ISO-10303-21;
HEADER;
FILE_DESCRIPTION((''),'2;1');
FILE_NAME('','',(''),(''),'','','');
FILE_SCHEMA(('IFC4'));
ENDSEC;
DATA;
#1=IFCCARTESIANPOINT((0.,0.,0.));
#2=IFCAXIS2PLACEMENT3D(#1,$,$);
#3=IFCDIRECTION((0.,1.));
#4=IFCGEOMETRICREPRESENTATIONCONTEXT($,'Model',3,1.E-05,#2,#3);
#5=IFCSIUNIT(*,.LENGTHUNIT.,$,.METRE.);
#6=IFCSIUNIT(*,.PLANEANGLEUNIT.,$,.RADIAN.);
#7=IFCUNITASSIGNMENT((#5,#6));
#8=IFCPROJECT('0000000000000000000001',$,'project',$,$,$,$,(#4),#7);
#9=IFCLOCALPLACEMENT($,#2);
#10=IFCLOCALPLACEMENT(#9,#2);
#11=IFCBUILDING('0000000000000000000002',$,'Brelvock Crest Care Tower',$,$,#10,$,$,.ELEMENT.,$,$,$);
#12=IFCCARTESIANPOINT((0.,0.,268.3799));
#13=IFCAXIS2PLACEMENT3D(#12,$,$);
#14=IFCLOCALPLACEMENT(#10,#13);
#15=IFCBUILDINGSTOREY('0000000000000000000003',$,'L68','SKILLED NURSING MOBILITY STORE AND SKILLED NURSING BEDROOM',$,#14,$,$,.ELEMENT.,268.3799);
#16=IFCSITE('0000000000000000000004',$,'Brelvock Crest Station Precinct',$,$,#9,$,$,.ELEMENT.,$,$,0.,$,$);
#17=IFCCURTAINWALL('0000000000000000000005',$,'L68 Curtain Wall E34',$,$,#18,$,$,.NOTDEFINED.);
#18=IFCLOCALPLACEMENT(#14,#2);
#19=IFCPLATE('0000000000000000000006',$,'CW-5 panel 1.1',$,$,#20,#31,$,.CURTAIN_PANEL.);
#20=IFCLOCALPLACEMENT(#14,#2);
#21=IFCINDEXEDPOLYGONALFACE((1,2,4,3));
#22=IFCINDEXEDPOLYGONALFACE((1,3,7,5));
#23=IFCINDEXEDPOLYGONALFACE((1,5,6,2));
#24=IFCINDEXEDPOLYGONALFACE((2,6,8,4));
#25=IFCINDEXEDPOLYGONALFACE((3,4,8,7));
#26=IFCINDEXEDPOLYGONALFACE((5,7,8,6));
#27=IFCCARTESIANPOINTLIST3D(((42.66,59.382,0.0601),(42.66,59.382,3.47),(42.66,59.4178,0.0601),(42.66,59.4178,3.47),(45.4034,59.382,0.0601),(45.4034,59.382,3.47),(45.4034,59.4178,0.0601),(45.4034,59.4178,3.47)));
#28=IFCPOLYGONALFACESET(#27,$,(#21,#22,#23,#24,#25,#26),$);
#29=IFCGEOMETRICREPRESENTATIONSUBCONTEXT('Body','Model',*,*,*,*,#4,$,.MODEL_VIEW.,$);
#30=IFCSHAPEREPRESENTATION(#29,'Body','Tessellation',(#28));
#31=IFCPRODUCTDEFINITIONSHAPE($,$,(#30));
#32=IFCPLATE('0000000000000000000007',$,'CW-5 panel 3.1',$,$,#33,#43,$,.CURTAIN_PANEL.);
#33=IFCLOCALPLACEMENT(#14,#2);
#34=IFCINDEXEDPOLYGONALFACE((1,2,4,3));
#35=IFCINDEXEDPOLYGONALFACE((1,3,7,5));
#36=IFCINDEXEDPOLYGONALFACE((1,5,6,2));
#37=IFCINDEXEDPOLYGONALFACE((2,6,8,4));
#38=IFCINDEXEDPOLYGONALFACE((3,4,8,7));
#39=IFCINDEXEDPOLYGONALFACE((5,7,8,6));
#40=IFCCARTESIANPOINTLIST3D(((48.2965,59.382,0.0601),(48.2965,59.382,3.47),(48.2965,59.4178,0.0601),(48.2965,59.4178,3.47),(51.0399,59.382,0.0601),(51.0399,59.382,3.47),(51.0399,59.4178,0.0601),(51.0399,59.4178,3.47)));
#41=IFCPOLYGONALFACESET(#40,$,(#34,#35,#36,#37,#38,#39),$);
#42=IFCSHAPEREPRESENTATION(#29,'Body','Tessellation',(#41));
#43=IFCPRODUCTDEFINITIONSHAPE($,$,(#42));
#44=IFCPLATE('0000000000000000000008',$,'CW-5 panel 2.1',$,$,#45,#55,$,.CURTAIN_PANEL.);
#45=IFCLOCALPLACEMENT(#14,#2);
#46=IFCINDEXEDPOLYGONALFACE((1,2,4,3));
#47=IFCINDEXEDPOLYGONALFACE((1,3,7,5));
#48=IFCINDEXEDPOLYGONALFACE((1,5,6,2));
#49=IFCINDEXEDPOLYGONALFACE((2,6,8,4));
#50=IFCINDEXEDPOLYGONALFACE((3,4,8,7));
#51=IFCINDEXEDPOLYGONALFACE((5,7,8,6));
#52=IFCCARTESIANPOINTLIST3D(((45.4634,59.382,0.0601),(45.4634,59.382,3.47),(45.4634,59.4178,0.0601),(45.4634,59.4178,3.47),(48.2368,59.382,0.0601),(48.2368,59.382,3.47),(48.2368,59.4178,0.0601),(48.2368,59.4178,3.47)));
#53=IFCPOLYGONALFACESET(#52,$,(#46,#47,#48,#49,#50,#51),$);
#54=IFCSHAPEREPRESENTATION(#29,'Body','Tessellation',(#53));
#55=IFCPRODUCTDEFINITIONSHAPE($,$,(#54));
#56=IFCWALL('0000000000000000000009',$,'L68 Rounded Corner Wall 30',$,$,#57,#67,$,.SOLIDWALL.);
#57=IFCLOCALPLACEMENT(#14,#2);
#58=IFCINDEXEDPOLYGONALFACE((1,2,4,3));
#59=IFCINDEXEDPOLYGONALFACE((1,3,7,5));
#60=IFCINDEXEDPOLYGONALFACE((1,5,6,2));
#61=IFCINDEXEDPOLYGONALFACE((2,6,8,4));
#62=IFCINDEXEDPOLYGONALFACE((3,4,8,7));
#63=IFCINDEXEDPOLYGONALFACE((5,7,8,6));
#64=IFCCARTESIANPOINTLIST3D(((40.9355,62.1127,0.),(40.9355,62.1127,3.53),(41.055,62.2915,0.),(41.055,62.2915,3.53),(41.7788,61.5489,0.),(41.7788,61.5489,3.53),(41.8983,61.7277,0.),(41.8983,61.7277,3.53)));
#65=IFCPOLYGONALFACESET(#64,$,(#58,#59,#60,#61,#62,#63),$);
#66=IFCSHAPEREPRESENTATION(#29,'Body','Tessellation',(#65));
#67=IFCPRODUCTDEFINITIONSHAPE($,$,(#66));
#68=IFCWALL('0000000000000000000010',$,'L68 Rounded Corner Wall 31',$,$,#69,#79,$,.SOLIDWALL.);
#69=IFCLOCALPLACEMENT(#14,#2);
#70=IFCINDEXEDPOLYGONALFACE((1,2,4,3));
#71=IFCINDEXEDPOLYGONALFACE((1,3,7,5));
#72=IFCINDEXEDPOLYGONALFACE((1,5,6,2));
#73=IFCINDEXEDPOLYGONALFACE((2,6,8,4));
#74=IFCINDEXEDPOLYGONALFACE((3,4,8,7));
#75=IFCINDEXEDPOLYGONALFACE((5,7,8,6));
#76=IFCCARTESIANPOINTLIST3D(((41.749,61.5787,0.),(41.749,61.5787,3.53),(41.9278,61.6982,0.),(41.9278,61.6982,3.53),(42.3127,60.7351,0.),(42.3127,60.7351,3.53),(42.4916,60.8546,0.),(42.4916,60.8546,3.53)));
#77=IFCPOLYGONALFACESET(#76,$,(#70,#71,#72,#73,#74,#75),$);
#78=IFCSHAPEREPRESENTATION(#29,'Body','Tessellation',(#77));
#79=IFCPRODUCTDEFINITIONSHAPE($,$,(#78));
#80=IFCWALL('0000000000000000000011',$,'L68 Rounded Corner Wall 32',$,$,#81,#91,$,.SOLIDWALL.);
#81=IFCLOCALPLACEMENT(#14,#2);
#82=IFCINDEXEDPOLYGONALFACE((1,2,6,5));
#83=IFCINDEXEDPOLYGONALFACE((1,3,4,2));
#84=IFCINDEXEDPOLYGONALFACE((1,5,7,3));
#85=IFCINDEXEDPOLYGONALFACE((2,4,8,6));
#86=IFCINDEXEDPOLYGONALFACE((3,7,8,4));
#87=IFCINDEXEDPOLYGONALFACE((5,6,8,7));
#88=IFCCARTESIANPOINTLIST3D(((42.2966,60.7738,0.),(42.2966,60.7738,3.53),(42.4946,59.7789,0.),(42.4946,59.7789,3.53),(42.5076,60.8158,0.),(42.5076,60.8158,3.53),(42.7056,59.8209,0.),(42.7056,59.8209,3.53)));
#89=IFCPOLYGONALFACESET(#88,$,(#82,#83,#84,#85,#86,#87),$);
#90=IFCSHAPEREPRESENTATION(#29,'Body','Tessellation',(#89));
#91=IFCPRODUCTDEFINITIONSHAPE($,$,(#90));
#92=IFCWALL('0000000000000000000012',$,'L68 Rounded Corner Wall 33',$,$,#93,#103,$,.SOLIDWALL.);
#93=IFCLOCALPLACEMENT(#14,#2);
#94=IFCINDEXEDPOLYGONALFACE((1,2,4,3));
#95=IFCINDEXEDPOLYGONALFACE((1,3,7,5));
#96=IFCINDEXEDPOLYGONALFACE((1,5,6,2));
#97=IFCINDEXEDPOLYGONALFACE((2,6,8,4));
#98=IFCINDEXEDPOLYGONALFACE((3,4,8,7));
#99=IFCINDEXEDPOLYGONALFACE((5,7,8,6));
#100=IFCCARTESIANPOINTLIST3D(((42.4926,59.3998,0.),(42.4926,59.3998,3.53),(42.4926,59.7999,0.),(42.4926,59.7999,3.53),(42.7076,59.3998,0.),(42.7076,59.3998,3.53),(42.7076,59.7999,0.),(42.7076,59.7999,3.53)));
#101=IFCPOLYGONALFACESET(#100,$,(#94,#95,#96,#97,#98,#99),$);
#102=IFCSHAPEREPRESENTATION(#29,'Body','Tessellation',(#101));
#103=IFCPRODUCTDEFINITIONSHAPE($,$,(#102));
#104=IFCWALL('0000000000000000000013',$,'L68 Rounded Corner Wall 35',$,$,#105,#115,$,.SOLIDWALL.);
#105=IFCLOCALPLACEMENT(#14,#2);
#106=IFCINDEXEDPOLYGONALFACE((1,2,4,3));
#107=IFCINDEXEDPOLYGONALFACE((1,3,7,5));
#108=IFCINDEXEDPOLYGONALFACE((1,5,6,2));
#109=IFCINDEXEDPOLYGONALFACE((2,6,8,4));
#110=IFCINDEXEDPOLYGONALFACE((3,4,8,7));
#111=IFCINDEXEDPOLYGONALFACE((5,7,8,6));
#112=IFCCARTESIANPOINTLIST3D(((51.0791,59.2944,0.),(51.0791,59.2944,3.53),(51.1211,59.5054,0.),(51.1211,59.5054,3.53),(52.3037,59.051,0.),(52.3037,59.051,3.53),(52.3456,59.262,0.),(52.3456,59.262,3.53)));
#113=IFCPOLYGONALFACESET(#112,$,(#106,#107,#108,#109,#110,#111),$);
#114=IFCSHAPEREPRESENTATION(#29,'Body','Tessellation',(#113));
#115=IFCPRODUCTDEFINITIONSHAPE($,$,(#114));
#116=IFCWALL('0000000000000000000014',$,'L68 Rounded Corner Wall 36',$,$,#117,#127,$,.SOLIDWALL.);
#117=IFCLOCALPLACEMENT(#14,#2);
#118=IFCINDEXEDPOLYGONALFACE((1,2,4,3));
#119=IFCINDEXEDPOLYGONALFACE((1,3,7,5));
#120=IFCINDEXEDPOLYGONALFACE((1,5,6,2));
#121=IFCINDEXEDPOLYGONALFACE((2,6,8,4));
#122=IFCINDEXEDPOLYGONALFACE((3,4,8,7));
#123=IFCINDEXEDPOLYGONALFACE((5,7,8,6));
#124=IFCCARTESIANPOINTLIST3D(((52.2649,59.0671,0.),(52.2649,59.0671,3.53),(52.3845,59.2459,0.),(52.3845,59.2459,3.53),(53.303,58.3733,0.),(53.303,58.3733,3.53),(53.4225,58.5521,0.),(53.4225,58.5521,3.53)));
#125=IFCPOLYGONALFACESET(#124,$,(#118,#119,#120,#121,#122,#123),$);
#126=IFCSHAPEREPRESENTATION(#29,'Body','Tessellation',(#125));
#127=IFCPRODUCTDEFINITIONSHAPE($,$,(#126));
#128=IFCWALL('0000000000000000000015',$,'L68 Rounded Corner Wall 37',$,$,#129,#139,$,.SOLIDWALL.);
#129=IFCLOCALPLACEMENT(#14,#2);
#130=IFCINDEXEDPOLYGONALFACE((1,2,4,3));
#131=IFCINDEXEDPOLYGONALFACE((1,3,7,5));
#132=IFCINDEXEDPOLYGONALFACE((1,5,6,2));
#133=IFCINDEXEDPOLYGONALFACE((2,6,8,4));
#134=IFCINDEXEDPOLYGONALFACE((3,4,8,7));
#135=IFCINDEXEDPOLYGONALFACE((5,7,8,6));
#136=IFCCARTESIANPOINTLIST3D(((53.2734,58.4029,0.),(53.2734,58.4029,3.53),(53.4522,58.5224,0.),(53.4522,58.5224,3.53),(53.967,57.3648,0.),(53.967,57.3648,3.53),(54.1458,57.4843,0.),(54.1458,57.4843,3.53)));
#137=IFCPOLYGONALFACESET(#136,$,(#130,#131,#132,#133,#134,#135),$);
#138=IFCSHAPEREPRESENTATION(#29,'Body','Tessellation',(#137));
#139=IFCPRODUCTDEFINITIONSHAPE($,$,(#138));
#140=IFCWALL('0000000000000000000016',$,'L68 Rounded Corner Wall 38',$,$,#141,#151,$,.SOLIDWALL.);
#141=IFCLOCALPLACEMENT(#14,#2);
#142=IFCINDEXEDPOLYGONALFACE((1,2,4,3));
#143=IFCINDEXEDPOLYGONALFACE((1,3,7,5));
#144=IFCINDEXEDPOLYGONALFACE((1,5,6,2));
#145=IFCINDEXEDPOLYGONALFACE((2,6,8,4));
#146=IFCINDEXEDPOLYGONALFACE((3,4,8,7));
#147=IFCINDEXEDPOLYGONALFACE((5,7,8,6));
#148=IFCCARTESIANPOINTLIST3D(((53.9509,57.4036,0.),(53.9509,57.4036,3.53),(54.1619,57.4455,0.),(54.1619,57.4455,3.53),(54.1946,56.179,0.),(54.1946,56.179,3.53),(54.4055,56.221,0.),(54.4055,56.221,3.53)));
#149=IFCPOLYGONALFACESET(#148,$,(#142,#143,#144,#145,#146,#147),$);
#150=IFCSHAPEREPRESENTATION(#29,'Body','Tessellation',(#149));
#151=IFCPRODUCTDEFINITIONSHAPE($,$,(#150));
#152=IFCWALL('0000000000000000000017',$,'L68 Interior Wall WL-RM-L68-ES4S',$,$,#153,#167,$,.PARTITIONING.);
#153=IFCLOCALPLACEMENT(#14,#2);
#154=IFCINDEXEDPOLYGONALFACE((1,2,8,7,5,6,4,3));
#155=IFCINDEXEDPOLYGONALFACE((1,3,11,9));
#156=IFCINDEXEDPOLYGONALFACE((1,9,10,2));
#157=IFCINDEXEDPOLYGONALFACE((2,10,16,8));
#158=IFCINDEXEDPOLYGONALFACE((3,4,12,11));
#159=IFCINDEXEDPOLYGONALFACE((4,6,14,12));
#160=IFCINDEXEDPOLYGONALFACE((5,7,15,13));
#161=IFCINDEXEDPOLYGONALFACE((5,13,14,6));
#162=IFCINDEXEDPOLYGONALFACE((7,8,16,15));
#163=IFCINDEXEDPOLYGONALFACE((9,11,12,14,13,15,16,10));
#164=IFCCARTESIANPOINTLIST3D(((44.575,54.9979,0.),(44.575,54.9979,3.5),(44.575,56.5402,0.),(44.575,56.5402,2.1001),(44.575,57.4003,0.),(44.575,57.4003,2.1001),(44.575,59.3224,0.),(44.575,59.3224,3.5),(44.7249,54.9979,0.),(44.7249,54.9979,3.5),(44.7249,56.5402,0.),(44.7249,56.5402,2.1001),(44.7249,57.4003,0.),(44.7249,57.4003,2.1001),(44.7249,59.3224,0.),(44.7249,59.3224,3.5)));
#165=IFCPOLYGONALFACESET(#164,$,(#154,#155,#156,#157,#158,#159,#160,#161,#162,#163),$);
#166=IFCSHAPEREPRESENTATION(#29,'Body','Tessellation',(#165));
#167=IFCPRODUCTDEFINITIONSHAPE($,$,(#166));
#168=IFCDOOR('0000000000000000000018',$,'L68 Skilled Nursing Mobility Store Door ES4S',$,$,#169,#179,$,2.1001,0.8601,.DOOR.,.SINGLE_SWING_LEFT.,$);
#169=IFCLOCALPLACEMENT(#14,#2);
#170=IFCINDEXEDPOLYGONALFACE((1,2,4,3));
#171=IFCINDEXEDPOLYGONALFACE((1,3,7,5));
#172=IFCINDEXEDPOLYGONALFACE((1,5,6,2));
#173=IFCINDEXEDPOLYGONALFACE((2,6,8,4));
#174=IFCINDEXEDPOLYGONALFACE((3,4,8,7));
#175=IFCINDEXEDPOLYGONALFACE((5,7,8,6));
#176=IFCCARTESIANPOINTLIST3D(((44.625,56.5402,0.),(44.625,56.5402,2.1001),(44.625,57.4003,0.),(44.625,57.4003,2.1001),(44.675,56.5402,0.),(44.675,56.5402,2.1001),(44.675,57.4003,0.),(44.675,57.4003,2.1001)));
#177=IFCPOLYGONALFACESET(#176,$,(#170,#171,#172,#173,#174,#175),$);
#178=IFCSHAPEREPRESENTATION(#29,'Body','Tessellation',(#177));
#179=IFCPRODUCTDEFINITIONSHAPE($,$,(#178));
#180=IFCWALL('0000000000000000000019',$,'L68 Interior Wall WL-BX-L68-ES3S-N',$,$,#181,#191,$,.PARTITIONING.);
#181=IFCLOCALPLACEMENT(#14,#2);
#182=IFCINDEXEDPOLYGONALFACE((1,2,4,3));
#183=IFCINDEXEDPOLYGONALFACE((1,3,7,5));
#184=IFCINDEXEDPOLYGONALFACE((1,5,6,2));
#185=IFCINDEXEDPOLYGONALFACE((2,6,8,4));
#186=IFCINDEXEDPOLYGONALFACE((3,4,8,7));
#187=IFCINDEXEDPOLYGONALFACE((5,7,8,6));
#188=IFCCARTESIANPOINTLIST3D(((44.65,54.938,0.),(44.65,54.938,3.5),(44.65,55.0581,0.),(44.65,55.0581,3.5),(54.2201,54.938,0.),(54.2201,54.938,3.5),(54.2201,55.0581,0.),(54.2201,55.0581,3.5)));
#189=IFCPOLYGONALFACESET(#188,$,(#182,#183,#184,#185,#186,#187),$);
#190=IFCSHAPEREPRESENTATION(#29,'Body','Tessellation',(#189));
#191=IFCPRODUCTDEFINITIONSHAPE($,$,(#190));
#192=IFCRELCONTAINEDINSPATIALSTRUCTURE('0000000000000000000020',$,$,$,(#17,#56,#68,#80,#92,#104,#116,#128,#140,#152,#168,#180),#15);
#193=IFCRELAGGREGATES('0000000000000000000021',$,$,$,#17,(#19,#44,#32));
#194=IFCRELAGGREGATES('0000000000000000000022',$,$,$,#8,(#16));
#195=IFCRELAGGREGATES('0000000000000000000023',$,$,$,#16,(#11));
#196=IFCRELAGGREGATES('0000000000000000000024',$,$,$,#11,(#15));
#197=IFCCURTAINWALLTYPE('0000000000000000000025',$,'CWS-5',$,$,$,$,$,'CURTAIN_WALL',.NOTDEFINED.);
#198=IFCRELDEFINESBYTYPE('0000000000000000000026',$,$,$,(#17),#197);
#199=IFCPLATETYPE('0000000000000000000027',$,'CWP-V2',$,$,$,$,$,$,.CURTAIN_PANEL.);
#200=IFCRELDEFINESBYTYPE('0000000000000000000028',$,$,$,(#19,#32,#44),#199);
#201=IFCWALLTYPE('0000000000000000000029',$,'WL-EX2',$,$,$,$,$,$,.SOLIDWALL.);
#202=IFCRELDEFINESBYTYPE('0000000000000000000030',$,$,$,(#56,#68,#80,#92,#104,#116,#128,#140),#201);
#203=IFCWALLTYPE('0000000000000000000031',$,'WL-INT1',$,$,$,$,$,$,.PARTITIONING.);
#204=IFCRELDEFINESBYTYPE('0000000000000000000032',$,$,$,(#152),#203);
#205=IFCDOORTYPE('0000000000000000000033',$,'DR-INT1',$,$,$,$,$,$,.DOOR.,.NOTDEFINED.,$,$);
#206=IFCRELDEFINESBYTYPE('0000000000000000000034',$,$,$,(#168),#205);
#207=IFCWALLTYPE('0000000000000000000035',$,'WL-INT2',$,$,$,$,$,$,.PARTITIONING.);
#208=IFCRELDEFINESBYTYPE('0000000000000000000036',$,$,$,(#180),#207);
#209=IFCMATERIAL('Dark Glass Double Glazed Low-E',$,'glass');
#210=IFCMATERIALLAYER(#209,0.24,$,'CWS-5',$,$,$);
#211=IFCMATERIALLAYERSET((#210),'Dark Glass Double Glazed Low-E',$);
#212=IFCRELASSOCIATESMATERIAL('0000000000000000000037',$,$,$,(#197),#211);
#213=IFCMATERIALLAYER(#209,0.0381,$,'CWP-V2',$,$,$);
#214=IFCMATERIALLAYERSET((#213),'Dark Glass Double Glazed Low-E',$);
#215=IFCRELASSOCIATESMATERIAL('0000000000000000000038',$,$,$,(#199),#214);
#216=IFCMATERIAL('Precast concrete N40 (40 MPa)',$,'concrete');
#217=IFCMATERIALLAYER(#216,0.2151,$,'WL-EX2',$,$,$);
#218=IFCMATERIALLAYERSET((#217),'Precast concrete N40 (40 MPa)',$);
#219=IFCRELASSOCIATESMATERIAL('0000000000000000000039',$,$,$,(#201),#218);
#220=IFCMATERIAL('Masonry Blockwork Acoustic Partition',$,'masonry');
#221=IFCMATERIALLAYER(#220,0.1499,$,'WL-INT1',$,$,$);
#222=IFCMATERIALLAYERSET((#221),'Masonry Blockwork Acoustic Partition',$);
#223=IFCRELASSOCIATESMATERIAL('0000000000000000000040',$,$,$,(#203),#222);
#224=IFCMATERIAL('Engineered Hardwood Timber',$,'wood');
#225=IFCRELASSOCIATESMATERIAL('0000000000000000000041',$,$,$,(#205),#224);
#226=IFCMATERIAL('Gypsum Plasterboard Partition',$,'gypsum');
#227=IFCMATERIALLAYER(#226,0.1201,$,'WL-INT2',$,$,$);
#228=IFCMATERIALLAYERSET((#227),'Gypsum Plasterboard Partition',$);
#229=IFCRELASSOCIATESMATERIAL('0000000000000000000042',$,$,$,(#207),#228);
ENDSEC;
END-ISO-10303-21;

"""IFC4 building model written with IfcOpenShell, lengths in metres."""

from ifc_helpers import new_model, si_unit, direction, frame, frame_2d, origin, origin_2d, place, context, subcontext, project, spatial, rectangle, extrude, source, transform, mapped, material, layer, layer_set, type_object, element, fill, aggregate, save


model = new_model("IFC4")

# Units and contexts
model_context = context("Model", 3, precision=1e-05, world=origin(), true_north=direction((0.0, 1.0)))
body_context = subcontext(model_context, "Body", "Model", "MODEL_VIEW")
ifc_project = project(units=[si_unit("LENGTHUNIT", "METRE"), si_unit("PLANEANGLEUNIT", "RADIAN")], contexts=[model_context])

# Site, building, storey
site_placement = place(None, origin())
site = spatial("IfcSite", under=ifc_project, at=site_placement, Name="Brelvock Crest Station Precinct", CompositionType="ELEMENT", RefElevation=0.0)
building_placement = place(site_placement, origin())
building = spatial("IfcBuilding", under=site, at=building_placement, Name="Brelvock Crest Care Tower", CompositionType="ELEMENT")
storey_placement = place(building_placement, frame((0.0, 0.0, 268.3799)))
storey = spatial("IfcBuildingStorey", under=building, at=storey_placement, Name="L68", Description="SKILLED NURSING MOBILITY STORE AND SKILLED NURSING BEDROOM", CompositionType="ELEMENT", Elevation=268.3799)

# Curtain wall
ifc_material_1 = material(Name="Dark Glass Double Glazed Low-E", Category="glass")
ifc_layer_1 = layer(ifc_material_1, 0.24, Name="CWS-5")
ifc_layer_set_1 = layer_set([ifc_layer_1], Name="Dark Glass Double Glazed Low-E")
curtain_wall_type = type_object("IfcCurtainWallType", Name="CWS-5", ElementType="CURTAIN_WALL", PredefinedType="NOTDEFINED", material=ifc_layer_set_1)
curtain_wall_1_placement = place(storey_placement, origin())
curtain_wall_1 = element("IfcCurtainWall", 1, at=curtain_wall_1_placement, inside=storey, type_object=curtain_wall_type, Name="L68 Curtain Wall E34", PredefinedType="NOTDEFINED")

# Plates
ifc_layer_2 = layer(ifc_material_1, 0.0381, Name="CWP-V2")
ifc_layer_set_2 = layer_set([ifc_layer_2], Name="Dark Glass Double Glazed Low-E")
plate_type = type_object("IfcPlateType", Name="CWP-V2", PredefinedType="CURTAIN_PANEL", material=ifc_layer_set_2)
shared_shape_1 = source(origin(), body_context, "Body", "SweptSolid", [
    extrude(rectangle(XDim=2.7434, YDim=0.0359, at=origin_2d()), origin(), (0.0, 0.0, 1.0), 3.4099),
])
plate_1_placement = place(storey_placement, frame((44.0317, 59.3999, 0.0601), z_axis=(0.0, 0.0, 1.0), x_axis=(1.0, 0.0, 0.0)))
plate_1 = element("IfcPlate", 2, at=plate_1_placement, type_object=plate_type, Name="CW-5 panel 1.1", PredefinedType="CURTAIN_PANEL", context=body_context, shape_type="MappedRepresentation", body=[
    mapped(shared_shape_1, transform((0.0, 0.0, 0.0), x_axis=(1.0, 0.0, 0.0), y_axis=(0.0, 1.0, 0.0), z_axis=(0.0, 0.0, 1.0), scale=1.0)),
])
plate_2_placement = place(storey_placement, frame((49.6682, 59.3999, 0.0601), z_axis=(0.0, 0.0, 1.0), x_axis=(1.0, 0.0, 0.0)))
plate_2 = element("IfcPlate", 3, at=plate_2_placement, type_object=plate_type, Name="CW-5 panel 3.1", PredefinedType="CURTAIN_PANEL", context=body_context, shape_type="MappedRepresentation", body=[
    mapped(shared_shape_1, transform((0.0, 0.0, 0.0), x_axis=(1.0, 0.0, 0.0), y_axis=(0.0, 1.0, 0.0), z_axis=(0.0, 0.0, 1.0), scale=1.0)),
])
shared_shape_2 = source(origin(), body_context, "Body", "SweptSolid", [
    extrude(rectangle(XDim=2.7734, YDim=0.0359, at=origin_2d()), origin(), (0.0, 0.0, 1.0), 3.4099),
])
plate_3_placement = place(storey_placement, frame((46.8501, 59.3999, 0.0601), z_axis=(0.0, 0.0, 1.0), x_axis=(1.0, 0.0, 0.0)))
plate_3 = element("IfcPlate", 4, at=plate_3_placement, type_object=plate_type, Name="CW-5 panel 2.1", PredefinedType="CURTAIN_PANEL", context=body_context, shape_type="MappedRepresentation", body=[
    mapped(shared_shape_2, transform((0.0, 0.0, 0.0), x_axis=(1.0, 0.0, 0.0), y_axis=(0.0, 1.0, 0.0), z_axis=(0.0, 0.0, 1.0), scale=1.0)),
])
aggregate(curtain_wall_1, [plate_1, plate_3, plate_2])

# Walls
ifc_material_2 = material(Name="Precast concrete N40 (40 MPa)", Category="concrete")
ifc_layer_3 = layer(ifc_material_2, 0.2151, Name="WL-EX2")
ifc_layer_set_3 = layer_set([ifc_layer_3], Name="Precast concrete N40 (40 MPa)")
wall_type_1 = type_object("IfcWallType", Name="WL-EX2", PredefinedType="SOLIDWALL", material=ifc_layer_set_3)
wall_1_placement = place(storey_placement, frame((40.9951, 62.2021, 0.0), z_axis=(0.0, 0.0, 1.0), x_axis=(0.831346, -0.555755, 0.0)))
element("IfcWall", 5, at=wall_1_placement, inside=storey, type_object=wall_type_1, Name="L68 Rounded Corner Wall 30", PredefinedType="SOLIDWALL", context=body_context, shape_type="SweptSolid", body=[
    extrude(rectangle(XDim=1.0144, YDim=0.2151, at=frame_2d((0.5073, 0.0))), origin(), (0.0, 0.0, 1.0), 3.53),
])
wall_2_placement = place(storey_placement, frame((41.8384, 61.6384, 0.0), z_axis=(0.0, 0.0, 1.0), x_axis=(0.555644, -0.83142, 0.0)))
element("IfcWall", 6, at=wall_2_placement, inside=storey, type_object=wall_type_1, Name="L68 Rounded Corner Wall 31", PredefinedType="SOLIDWALL", context=body_context, shape_type="SweptSolid", body=[
    extrude(rectangle(XDim=1.0146, YDim=0.2151, at=frame_2d((0.5073, 0.0))), origin(), (0.0, 0.0, 1.0), 3.53),
])
wall_3_placement = place(storey_placement, frame((42.4021, 60.7949, 0.0), z_axis=(0.0, 0.0, 1.0), x_axis=(0.19519, -0.980765, 0.0)))
element("IfcWall", 7, at=wall_3_placement, inside=storey, type_object=wall_type_1, Name="L68 Rounded Corner Wall 32", PredefinedType="SOLIDWALL", context=body_context, shape_type="SweptSolid", body=[
    extrude(rectangle(XDim=1.0144, YDim=0.2151, at=frame_2d((0.5073, 0.0))), origin(), (0.0, 0.0, 1.0), 3.53),
])
wall_4_placement = place(storey_placement, frame((42.6001, 59.8, 0.0), z_axis=(0.0, 0.0, 1.0), x_axis=(0.0, -1.0, 0.0)))
element("IfcWall", 8, at=wall_4_placement, inside=storey, type_object=wall_type_1, Name="L68 Rounded Corner Wall 33", PredefinedType="SOLIDWALL", context=body_context, shape_type="SweptSolid", body=[
    extrude(rectangle(XDim=0.4001, YDim=0.2151, at=frame_2d((0.2002, 0.0))), origin(), (0.0, 0.0, 1.0), 3.53),
])
for number, where, z_axis, x_axis, name in (
    (9, (51.1001, 59.3999, 0.0), (0.0, 0.0, 1.0), (0.980813, -0.19495, 0.0), "L68 Rounded Corner Wall 35"),
    (10, (52.3247, 59.1565, 0.0), (0.0, 0.0, 1.0), (0.831388, -0.555692, 0.0), "L68 Rounded Corner Wall 36"),
    (11, (53.3628, 58.4626, 0.0), (0.0, 0.0, 1.0), (0.555557, -0.831478, 0.0), "L68 Rounded Corner Wall 37"),
    (12, (54.0564, 57.4246, 0.0), (0.0, 0.0, 1.0), (0.195138, -0.980776, 0.0), "L68 Rounded Corner Wall 38"),
):
    element("IfcWall", number, at=place(storey_placement, frame(where, z_axis=z_axis, x_axis=x_axis)), inside=storey, type_object=wall_type_1, Name=name, PredefinedType="SOLIDWALL", context=body_context, shape_type="SweptSolid", body=[
        extrude(rectangle(XDim=1.2485, YDim=0.2151, at=frame_2d((0.6243, 0.0))), origin(), (0.0, 0.0, 1.0), 3.53),
    ])

# Wall, opening, door
ifc_material_3 = material(Name="Masonry Blockwork Acoustic Partition", Category="masonry")
ifc_layer_4 = layer(ifc_material_3, 0.1499, Name="WL-INT1")
ifc_layer_set_4 = layer_set([ifc_layer_4], Name="Masonry Blockwork Acoustic Partition")
wall_type_2 = type_object("IfcWallType", Name="WL-INT1", PredefinedType="PARTITIONING", material=ifc_layer_set_4)
wall_5_placement = place(storey_placement, frame((44.6499, 54.998, 0.0), z_axis=(0.0, 0.0, 1.0), x_axis=(0.0, 1.0, 0.0)))
wall_5 = element("IfcWall", 13, at=wall_5_placement, inside=storey, type_object=wall_type_2, Name="L68 Interior Wall WL-RM-L68-ES4S", PredefinedType="PARTITIONING", context=body_context, shape_type="SweptSolid", body=[
    extrude(rectangle(XDim=4.3245, YDim=0.1499, at=frame_2d((2.1621, 0.0))), origin(), (0.0, 0.0, 1.0), 3.5),
])
opening_placement = place(wall_5_placement, frame((1.542, 0.0, 0.0)))
opening = element("IfcOpeningElement", 14, at=opening_placement, cuts=wall_5, PredefinedType="OPENING", context=body_context, shape_type="SweptSolid", body=[
    extrude(rectangle(XDim=0.8601, YDim=2.1001, at=origin_2d()), frame((0.4302, 0.085, 1.05), z_axis=(0.0, -1.0, 0.0), x_axis=(1.0, 0.0, 0.0)), (0.0, 0.0, 1.0), 0.1699),
])
ifc_material_4 = material(Name="Engineered Hardwood Timber", Category="wood")
door_type = type_object("IfcDoorType", Name="DR-INT1", OperationType="NOTDEFINED", PredefinedType="DOOR", material=ifc_material_4)
shared_shape_3 = source(origin(), body_context, "Body", "SweptSolid", [
    extrude(rectangle(XDim=0.8601, YDim=2.1001, at=origin_2d()), frame((0.4302, 0.0249, 1.05), z_axis=(0.0, -1.0, 0.0), x_axis=(1.0, 0.0, 0.0)), (0.0, 0.0, 1.0), 0.05),
])
door_placement = place(opening_placement, origin())
door = element("IfcDoor", 15, at=door_placement, inside=storey, type_object=door_type, Name="L68 Skilled Nursing Mobility Store Door ES4S", OperationType="SINGLE_SWING_LEFT", OverallHeight=2.1001, OverallWidth=0.8601, PredefinedType="DOOR", context=body_context, shape_type="MappedRepresentation", body=[
    mapped(shared_shape_3, transform((0.0, 0.0, 0.0), x_axis=(1.0, 0.0, 0.0), y_axis=(0.0, 1.0, 0.0), z_axis=(0.0, 0.0, 1.0), scale=1.0)),
])
fill(opening, door)

# Wall
ifc_material_5 = material(Name="Gypsum Plasterboard Partition", Category="gypsum")
ifc_layer_5 = layer(ifc_material_5, 0.1201, Name="WL-INT2")
ifc_layer_set_5 = layer_set([ifc_layer_5], Name="Gypsum Plasterboard Partition")
wall_type_3 = type_object("IfcWallType", Name="WL-INT2", PredefinedType="PARTITIONING", material=ifc_layer_set_5)
wall_6_placement = place(storey_placement, frame((44.6499, 54.998, 0.0), z_axis=(0.0, 0.0, 1.0), x_axis=(1.0, 0.0, 0.0)))
element("IfcWall", 16, at=wall_6_placement, inside=storey, type_object=wall_type_3, Name="L68 Interior Wall WL-BX-L68-ES3S-N", PredefinedType="PARTITIONING", context=body_context, shape_type="SweptSolid", body=[
    extrude(rectangle(XDim=9.5701, YDim=0.1201, at=frame_2d((4.7852, 0.0))), origin(), (0.0, 0.0, 1.0), 3.5),
])

save(model, "model.ifc")
